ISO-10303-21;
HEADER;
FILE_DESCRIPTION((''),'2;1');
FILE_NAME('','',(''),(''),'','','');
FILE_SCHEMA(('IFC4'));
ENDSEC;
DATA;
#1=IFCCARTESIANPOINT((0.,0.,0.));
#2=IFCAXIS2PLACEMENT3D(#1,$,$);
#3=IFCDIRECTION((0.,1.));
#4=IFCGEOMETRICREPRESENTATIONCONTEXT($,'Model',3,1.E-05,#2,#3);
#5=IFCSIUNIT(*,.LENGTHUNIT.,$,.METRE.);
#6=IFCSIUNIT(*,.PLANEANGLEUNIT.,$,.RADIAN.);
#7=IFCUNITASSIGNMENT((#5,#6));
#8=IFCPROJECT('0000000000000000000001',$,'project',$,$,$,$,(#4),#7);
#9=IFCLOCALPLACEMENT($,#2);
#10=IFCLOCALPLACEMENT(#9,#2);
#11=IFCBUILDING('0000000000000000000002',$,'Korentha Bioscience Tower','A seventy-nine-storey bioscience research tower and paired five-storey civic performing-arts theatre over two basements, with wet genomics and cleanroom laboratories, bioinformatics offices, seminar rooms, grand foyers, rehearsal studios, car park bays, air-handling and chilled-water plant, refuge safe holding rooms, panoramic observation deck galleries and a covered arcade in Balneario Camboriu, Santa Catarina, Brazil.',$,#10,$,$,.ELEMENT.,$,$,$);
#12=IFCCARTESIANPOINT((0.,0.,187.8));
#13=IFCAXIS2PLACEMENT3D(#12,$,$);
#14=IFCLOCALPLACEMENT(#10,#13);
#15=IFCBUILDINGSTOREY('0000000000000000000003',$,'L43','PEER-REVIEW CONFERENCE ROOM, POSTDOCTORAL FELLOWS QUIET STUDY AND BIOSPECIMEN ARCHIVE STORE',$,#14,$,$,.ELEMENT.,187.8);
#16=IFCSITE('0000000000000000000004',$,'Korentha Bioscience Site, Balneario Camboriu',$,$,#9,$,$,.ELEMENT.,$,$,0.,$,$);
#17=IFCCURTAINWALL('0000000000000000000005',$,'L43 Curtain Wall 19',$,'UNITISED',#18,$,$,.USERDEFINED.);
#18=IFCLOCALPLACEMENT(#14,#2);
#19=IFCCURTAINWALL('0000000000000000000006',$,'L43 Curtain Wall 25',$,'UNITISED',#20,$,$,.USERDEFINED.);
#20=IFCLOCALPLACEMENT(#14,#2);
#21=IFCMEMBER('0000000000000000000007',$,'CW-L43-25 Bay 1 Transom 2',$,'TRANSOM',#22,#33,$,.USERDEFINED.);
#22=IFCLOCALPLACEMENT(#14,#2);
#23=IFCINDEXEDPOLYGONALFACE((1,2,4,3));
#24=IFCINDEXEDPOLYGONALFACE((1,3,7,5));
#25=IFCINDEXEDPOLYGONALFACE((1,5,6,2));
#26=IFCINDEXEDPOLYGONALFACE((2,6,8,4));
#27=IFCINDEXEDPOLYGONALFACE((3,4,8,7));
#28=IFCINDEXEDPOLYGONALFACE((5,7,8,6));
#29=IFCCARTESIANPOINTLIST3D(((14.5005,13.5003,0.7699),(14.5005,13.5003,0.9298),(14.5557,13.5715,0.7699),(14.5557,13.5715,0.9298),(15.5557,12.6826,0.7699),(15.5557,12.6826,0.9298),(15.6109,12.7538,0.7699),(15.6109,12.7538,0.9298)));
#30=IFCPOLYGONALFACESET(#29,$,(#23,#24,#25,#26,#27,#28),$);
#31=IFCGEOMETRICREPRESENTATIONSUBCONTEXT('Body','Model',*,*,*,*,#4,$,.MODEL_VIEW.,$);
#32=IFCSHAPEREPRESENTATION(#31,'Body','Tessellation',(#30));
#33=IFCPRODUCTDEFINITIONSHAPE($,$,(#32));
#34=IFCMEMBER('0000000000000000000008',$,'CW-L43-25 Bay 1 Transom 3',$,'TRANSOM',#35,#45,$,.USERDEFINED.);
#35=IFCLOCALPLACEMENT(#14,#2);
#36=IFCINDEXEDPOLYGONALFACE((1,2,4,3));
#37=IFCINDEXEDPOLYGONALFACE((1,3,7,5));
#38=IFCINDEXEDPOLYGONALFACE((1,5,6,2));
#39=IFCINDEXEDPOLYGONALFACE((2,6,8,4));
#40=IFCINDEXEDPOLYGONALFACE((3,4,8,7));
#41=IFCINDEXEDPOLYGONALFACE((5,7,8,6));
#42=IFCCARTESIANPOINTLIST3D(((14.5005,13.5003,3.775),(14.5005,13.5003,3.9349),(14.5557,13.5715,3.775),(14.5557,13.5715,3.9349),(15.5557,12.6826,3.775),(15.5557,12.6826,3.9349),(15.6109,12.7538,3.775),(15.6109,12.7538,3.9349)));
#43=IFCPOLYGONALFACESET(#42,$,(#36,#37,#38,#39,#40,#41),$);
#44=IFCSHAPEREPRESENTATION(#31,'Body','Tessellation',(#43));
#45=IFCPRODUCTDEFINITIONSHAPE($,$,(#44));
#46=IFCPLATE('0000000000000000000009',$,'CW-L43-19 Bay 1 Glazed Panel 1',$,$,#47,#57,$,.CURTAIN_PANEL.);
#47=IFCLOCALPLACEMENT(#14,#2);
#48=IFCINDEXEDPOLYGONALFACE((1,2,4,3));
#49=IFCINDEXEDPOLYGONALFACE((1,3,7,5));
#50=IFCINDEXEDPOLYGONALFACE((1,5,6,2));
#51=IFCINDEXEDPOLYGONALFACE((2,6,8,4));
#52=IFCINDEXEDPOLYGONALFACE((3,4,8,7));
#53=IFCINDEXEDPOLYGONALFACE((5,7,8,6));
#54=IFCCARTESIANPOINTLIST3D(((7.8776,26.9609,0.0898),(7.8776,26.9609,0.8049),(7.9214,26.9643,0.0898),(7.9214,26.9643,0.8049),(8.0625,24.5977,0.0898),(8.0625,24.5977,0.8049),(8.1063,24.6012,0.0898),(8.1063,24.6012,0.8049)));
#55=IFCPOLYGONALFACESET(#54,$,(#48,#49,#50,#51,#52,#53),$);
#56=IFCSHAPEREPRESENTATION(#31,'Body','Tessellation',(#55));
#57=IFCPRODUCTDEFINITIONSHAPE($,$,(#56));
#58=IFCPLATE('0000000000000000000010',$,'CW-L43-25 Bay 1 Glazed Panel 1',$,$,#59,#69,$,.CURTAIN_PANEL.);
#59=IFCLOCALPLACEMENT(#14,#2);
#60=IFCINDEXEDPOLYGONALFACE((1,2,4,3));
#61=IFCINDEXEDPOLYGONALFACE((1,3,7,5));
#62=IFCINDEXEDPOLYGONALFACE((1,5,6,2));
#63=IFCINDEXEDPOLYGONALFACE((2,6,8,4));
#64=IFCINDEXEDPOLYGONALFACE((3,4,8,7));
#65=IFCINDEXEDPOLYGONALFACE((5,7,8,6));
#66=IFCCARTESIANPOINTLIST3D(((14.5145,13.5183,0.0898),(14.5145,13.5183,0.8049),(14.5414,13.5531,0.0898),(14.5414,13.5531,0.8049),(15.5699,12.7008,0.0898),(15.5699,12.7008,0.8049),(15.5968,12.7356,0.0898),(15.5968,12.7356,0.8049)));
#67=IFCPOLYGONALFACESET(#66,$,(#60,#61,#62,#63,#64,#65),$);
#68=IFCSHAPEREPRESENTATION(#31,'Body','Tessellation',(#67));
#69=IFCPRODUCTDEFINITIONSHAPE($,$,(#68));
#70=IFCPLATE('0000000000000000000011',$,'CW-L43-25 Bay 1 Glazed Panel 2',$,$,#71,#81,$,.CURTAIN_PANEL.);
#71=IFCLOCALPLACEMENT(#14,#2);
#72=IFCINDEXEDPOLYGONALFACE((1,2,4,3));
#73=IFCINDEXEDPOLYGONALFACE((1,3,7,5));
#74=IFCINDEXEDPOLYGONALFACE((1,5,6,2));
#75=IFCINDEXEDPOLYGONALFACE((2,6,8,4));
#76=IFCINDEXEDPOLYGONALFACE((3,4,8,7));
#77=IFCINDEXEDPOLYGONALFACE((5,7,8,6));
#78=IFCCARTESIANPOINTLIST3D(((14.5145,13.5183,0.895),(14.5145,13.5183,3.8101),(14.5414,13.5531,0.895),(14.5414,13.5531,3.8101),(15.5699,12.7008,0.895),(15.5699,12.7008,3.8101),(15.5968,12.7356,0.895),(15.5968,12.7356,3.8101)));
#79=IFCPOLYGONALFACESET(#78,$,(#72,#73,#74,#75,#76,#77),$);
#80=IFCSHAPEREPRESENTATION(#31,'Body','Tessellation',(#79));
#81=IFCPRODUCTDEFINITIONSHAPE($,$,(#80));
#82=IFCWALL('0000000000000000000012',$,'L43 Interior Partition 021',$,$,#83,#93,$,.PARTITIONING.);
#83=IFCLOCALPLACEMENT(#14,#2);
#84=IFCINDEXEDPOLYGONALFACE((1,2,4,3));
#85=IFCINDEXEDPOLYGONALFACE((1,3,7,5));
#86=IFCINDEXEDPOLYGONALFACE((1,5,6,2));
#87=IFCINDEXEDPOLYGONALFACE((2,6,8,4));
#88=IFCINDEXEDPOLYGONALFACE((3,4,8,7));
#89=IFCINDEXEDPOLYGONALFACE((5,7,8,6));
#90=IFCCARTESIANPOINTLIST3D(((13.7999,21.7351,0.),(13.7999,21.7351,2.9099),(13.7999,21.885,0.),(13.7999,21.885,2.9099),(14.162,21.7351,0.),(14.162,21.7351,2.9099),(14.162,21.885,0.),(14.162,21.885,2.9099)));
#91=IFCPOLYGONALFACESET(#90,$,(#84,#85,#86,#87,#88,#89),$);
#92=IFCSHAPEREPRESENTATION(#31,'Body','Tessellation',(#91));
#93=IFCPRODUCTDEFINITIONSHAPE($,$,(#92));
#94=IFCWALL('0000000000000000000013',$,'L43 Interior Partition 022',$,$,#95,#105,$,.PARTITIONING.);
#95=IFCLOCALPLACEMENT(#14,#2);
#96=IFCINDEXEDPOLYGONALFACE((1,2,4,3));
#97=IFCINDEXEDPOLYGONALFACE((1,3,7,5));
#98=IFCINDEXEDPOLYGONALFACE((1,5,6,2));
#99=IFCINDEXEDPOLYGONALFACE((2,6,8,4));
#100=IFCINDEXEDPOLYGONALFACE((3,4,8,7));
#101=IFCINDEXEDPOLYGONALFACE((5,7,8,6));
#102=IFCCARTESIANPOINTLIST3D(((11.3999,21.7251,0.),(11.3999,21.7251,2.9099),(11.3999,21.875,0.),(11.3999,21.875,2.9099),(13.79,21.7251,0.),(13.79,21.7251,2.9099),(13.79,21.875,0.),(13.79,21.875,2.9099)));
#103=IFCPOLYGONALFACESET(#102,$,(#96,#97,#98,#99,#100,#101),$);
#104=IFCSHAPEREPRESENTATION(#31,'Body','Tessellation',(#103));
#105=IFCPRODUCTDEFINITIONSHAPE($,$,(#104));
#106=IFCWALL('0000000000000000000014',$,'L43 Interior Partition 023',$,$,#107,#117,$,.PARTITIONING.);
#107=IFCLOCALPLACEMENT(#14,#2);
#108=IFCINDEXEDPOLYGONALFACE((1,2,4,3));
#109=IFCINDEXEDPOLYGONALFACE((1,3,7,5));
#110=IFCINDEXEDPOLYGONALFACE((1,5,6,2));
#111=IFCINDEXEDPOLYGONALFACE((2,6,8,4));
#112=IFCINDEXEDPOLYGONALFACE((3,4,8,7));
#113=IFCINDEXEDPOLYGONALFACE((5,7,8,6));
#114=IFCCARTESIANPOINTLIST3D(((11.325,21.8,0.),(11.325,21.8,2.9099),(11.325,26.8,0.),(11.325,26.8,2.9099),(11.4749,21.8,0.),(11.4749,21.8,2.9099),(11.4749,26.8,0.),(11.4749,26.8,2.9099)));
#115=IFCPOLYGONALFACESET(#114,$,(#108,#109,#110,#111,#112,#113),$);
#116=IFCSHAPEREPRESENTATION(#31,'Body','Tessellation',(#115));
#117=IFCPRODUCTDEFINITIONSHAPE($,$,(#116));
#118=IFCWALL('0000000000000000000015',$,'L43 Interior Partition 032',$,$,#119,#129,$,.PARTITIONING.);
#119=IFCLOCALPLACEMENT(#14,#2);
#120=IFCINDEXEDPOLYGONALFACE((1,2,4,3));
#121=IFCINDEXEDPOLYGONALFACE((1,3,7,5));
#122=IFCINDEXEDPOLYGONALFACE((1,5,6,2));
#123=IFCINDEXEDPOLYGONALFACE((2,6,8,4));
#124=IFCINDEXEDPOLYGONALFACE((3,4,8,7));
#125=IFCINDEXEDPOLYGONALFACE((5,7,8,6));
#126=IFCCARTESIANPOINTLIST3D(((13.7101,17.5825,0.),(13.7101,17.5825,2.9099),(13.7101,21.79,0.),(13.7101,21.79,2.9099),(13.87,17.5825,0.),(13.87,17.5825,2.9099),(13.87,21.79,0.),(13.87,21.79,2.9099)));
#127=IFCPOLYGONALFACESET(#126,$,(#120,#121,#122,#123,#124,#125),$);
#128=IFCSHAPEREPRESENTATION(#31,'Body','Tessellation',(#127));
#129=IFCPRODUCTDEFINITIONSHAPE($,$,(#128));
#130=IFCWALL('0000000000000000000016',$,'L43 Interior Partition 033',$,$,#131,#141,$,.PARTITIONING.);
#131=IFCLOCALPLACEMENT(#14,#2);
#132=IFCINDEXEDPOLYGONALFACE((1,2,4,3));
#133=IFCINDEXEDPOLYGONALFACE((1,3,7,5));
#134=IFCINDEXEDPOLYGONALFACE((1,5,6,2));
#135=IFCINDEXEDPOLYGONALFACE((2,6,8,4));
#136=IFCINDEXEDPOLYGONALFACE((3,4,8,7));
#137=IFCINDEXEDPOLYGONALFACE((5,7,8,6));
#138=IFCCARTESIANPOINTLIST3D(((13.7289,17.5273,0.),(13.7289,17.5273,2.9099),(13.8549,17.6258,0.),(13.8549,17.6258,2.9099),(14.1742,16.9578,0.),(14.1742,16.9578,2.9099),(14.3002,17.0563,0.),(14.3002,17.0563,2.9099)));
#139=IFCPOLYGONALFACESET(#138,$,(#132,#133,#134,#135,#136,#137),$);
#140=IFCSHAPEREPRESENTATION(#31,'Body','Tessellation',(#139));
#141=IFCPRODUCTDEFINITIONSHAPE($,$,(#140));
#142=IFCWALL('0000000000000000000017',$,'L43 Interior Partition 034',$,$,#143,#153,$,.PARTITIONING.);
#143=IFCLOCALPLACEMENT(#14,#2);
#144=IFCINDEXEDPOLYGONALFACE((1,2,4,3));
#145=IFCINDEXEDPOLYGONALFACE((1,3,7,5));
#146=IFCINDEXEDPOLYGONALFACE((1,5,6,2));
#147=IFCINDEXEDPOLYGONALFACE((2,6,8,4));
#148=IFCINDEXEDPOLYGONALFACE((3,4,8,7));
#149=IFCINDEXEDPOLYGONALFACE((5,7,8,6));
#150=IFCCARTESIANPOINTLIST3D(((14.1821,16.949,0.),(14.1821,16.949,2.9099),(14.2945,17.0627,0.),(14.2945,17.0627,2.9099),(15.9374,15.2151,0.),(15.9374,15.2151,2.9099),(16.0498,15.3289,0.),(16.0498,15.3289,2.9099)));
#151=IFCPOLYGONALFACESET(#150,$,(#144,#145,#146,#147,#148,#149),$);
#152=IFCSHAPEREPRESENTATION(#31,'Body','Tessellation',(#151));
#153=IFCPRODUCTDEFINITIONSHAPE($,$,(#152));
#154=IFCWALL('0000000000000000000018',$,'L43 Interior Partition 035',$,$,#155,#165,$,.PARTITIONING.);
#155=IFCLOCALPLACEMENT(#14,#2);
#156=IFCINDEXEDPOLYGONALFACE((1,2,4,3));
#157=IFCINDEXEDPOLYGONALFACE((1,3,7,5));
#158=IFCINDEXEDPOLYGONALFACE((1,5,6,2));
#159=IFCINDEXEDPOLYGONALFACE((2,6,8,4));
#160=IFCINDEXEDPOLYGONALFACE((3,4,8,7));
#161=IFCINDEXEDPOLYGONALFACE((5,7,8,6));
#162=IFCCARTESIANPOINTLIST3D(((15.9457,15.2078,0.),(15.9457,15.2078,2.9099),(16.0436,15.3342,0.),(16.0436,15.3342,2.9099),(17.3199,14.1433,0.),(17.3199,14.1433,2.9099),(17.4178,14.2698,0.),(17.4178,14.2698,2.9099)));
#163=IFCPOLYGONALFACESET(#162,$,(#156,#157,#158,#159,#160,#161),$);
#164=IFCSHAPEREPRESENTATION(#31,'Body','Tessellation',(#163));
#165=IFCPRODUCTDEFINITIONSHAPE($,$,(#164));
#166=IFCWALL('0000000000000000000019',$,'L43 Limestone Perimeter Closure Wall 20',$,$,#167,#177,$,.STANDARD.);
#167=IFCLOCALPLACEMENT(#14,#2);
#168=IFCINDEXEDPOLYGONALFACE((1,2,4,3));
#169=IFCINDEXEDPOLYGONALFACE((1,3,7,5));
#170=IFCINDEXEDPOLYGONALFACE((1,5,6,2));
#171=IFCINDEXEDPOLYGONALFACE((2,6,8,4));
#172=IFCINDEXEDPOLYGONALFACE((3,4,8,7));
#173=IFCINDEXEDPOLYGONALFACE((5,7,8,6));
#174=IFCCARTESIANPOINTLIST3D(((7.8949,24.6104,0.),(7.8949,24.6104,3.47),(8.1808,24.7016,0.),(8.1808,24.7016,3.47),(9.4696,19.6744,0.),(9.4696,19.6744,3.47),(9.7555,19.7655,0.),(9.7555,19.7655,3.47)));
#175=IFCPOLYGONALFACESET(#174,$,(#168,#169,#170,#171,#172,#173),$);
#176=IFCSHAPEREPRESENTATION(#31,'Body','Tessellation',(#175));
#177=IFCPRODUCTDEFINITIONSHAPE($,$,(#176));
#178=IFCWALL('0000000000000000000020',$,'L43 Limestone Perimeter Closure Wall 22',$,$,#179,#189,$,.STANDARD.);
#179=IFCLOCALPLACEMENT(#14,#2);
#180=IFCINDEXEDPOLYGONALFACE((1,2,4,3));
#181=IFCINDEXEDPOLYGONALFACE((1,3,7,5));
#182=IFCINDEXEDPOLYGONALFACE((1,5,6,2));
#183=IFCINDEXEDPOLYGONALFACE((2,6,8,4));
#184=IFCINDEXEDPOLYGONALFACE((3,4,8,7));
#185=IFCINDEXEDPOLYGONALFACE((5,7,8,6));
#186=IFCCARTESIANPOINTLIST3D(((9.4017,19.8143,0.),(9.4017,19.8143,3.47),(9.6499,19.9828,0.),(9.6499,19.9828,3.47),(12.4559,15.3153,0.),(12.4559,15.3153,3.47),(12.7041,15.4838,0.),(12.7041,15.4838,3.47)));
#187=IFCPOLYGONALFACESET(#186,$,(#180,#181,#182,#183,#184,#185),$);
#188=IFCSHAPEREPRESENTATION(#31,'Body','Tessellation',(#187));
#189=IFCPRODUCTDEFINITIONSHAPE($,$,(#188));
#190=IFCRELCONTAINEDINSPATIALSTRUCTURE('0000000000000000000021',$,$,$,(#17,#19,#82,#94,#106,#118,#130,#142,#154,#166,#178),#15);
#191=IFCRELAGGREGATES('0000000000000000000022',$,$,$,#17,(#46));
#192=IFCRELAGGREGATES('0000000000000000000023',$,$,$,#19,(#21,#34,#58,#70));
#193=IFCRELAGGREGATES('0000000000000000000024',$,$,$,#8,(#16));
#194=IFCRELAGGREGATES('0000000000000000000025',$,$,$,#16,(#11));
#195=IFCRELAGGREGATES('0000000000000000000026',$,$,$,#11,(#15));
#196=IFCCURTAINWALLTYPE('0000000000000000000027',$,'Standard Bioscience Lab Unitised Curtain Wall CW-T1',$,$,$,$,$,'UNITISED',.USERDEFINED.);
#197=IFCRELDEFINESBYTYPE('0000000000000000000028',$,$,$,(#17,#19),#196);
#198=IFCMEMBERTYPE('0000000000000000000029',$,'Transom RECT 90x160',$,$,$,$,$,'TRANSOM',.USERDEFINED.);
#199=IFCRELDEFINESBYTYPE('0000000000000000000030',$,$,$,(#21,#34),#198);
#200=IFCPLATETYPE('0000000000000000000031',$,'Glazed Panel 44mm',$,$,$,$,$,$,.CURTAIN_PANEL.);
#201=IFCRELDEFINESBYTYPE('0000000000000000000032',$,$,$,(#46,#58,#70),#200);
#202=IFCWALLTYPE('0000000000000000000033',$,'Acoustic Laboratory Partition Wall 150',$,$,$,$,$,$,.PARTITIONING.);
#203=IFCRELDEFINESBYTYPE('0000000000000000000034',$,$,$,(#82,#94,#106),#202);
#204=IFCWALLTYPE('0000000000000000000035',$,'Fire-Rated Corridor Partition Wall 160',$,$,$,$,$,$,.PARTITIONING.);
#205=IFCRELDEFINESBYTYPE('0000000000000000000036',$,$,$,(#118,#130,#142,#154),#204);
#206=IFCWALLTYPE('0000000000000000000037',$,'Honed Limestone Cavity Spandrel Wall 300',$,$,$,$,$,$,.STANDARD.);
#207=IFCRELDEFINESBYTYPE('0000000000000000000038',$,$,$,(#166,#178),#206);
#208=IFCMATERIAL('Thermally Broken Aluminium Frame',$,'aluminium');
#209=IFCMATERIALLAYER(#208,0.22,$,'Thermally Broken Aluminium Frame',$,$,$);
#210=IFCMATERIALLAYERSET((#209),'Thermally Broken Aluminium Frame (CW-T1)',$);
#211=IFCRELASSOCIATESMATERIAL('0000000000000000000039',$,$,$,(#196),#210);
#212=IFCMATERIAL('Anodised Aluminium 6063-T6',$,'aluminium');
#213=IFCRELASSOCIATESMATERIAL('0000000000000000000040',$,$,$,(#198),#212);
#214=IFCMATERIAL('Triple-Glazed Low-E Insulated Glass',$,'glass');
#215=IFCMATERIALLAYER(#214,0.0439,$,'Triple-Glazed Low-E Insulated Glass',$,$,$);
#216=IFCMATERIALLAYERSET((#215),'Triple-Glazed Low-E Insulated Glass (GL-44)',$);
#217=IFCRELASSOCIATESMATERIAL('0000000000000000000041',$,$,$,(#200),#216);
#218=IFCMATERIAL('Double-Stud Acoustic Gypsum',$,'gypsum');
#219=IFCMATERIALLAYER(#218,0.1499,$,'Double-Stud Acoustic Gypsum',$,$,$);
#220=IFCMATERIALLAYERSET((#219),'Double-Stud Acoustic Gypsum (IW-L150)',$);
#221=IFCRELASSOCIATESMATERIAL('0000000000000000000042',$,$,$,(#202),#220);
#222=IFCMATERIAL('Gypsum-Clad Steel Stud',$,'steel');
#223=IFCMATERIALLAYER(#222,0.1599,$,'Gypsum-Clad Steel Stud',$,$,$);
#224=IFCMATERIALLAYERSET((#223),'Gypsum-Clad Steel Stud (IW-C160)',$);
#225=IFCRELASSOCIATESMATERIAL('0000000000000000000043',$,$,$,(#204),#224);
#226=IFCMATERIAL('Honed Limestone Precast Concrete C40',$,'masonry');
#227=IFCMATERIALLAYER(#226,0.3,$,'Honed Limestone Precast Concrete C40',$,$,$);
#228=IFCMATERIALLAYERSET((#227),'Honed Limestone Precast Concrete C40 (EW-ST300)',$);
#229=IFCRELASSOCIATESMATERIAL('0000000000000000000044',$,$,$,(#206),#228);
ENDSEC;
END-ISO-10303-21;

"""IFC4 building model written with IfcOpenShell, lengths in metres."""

from ifc_helpers import new_model, si_unit, direction, frame, frame_2d, origin, origin_2d, place, context, subcontext, project, spatial, rectangle, extrude, material, layer, layer_set, material_profile, profile_set, type_object, element, aggregate, save


model = new_model("IFC4")

# Units and contexts
model_context = context("Model", 3, precision=1e-05, world=origin(), true_north=direction((0.0, 1.0)))
body_context = subcontext(model_context, "Body", "Model", "MODEL_VIEW")
ifc_project = project(units=[si_unit("LENGTHUNIT", "METRE"), si_unit("PLANEANGLEUNIT", "RADIAN")], contexts=[model_context])

# Site, building, storey
site_placement = place(None, origin())
site = spatial("IfcSite", under=ifc_project, at=site_placement, Name="Korentha Bioscience Site, Balneario Camboriu", CompositionType="ELEMENT", RefElevation=0.0)
building_placement = place(site_placement, origin())
building = spatial("IfcBuilding", under=site, at=building_placement, Name="Korentha Bioscience Tower", Description="A seventy-nine-storey bioscience research tower and paired five-storey civic performing-arts theatre over two basements, with wet genomics and cleanroom laboratories, bioinformatics offices, seminar rooms, grand foyers, rehearsal studios, car park bays, air-handling and chilled-water plant, refuge safe holding rooms, panoramic observation deck galleries and a covered arcade in Balneario Camboriu, Santa Catarina, Brazil.", CompositionType="ELEMENT")
storey_placement = place(building_placement, frame((0.0, 0.0, 187.8)))
storey = spatial("IfcBuildingStorey", under=building, at=storey_placement, Name="L43", Description="PEER-REVIEW CONFERENCE ROOM, POSTDOCTORAL FELLOWS QUIET STUDY AND BIOSPECIMEN ARCHIVE STORE", CompositionType="ELEMENT", Elevation=187.8)

# Curtain walls
ifc_material_1 = material(Name="Thermally Broken Aluminium Frame", Category="aluminium")
ifc_layer_1 = layer(ifc_material_1, 0.22, Name="Thermally Broken Aluminium Frame")
ifc_layer_set_1 = layer_set([ifc_layer_1], Name="Thermally Broken Aluminium Frame (CW-T1)")
curtain_wall_type = type_object("IfcCurtainWallType", Name="Standard Bioscience Lab Unitised Curtain Wall CW-T1", ElementType="UNITISED", PredefinedType="USERDEFINED", material=ifc_layer_set_1)
curtain_wall_1_placement = place(storey_placement, origin())
curtain_wall_1 = element("IfcCurtainWall", 1, at=curtain_wall_1_placement, inside=storey, type_object=curtain_wall_type, Name="L43 Curtain Wall 19", ObjectType="UNITISED", PredefinedType="USERDEFINED")
ifc_material_2 = material(Name="Anodised Aluminium 6063-T6", Category="aluminium")
curtain_wall_2_placement = place(storey_placement, origin())
curtain_wall_2 = element("IfcCurtainWall", 2, at=curtain_wall_2_placement, inside=storey, type_object=curtain_wall_type, Name="L43 Curtain Wall 25", ObjectType="UNITISED", PredefinedType="USERDEFINED")

# Members
ifc_material_profile_1 = material_profile(ifc_material_2, rectangle(XDim=0.0901, YDim=0.1599, at=origin_2d()), Name="Anodised Aluminium 6063-T6")
ifc_profile_set_1 = profile_set([ifc_material_profile_1], Name="Anodised Aluminium 6063-T6 (CW-TRN)")
member_type_1 = type_object("IfcMemberType", Name="Transom RECT 90x160", ElementType="TRANSOM", PredefinedType="USERDEFINED", material=ifc_profile_set_1)
member_1_placement = place(storey_placement, frame((14.5281, 13.5359, 0.8499), z_axis=(0.790464, -0.612509, 0.0), x_axis=(0.612509, 0.790464, 0.0)))
member_1 = element("IfcMember", 3, at=member_1_placement, type_object=member_type_1, Name="CW-L43-25 Bay 1 Transom 2", ObjectType="TRANSOM", PredefinedType="USERDEFINED", context=body_context, shape_type="SweptSolid", body=[
    extrude(rectangle(XDim=0.0901, YDim=0.1599, at=origin_2d()), origin(), (0.0, 0.0, 1.0), 1.335),
])
member_2_placement = place(storey_placement, frame((14.5281, 13.5359, 3.855), z_axis=(0.790464, -0.612509, 0.0), x_axis=(0.612509, 0.790464, 0.0)))
member_2 = element("IfcMember", 4, at=member_2_placement, type_object=member_type_1, Name="CW-L43-25 Bay 1 Transom 3", ObjectType="TRANSOM", PredefinedType="USERDEFINED", context=body_context, shape_type="SweptSolid", body=[
    extrude(rectangle(XDim=0.0901, YDim=0.1599, at=origin_2d()), origin(), (0.0, 0.0, 1.0), 1.335),
])

# Plates
ifc_material_3 = material(Name="Triple-Glazed Low-E Insulated Glass", Category="glass")
ifc_layer_2 = layer(ifc_material_3, 0.0439, Name="Triple-Glazed Low-E Insulated Glass")
ifc_layer_set_2 = layer_set([ifc_layer_2], Name="Triple-Glazed Low-E Insulated Glass (GL-44)")
plate_type = type_object("IfcPlateType", Name="Glazed Panel 44mm", PredefinedType="CURTAIN_PANEL", material=ifc_layer_set_2)
plate_1_placement = place(storey_placement, frame((7.9919, 25.781, 0.0898), z_axis=(0.0, 0.0, 1.0), x_axis=(0.078031, -0.996951, 0.0)))
plate_1 = element("IfcPlate", 5, at=plate_1_placement, type_object=plate_type, Name="CW-L43-19 Bay 1 Glazed Panel 1", PredefinedType="CURTAIN_PANEL", context=body_context, shape_type="SweptSolid", body=[
    extrude(rectangle(XDim=2.3704, YDim=0.0439, at=origin_2d()), origin(), (0.0, 0.0, 1.0), 0.7151),
])
aggregate(curtain_wall_1, [plate_1])
plate_2_placement = place(storey_placement, frame((15.0557, 13.127, 0.0898), z_axis=(0.0, 0.0, 1.0), x_axis=(0.790547, -0.612402, 0.0)))
plate_2 = element("IfcPlate", 6, at=plate_2_placement, type_object=plate_type, Name="CW-L43-25 Bay 1 Glazed Panel 1", PredefinedType="CURTAIN_PANEL", context=body_context, shape_type="SweptSolid", body=[
    extrude(rectangle(XDim=1.335, YDim=0.0439, at=origin_2d()), origin(), (0.0, 0.0, 1.0), 0.7151),
])
plate_3_placement = place(storey_placement, frame((15.0557, 13.127, 0.895), z_axis=(0.0, 0.0, 1.0), x_axis=(0.790547, -0.612402, 0.0)))
plate_3 = element("IfcPlate", 7, at=plate_3_placement, type_object=plate_type, Name="CW-L43-25 Bay 1 Glazed Panel 2", PredefinedType="CURTAIN_PANEL", context=body_context, shape_type="SweptSolid", body=[
    extrude(rectangle(XDim=1.335, YDim=0.0439, at=origin_2d()), origin(), (0.0, 0.0, 1.0), 2.915),
])
aggregate(curtain_wall_2, [member_1, member_2, plate_2, plate_3])

# Walls
ifc_material_4 = material(Name="Double-Stud Acoustic Gypsum", Category="gypsum")
ifc_layer_3 = layer(ifc_material_4, 0.1499, Name="Double-Stud Acoustic Gypsum")
ifc_layer_set_3 = layer_set([ifc_layer_3], Name="Double-Stud Acoustic Gypsum (IW-L150)")
wall_type_1 = type_object("IfcWallType", Name="Acoustic Laboratory Partition Wall 150", PredefinedType="PARTITIONING", material=ifc_layer_set_3)
wall_1_placement = place(storey_placement, frame((14.1621, 21.8101, 0.0), z_axis=(0.0, 0.0, 1.0), x_axis=(-1.0, 0.0, 0.0)))
element("IfcWall", 8, at=wall_1_placement, inside=storey, type_object=wall_type_1, Name="L43 Interior Partition 021", PredefinedType="PARTITIONING", context=body_context, shape_type="SweptSolid", body=[
    extrude(rectangle(XDim=0.3621, YDim=0.1499, at=frame_2d((0.1812, 0.0))), origin(), (0.0, 0.0, 1.0), 2.9099),
])
wall_2_placement = place(storey_placement, frame((13.79, 21.8, 0.0), z_axis=(0.0, 0.0, 1.0), x_axis=(-1.0, 0.0, 0.0)))
element("IfcWall", 9, at=wall_2_placement, inside=storey, type_object=wall_type_1, Name="L43 Interior Partition 022", PredefinedType="PARTITIONING", context=body_context, shape_type="SweptSolid", body=[
    extrude(rectangle(XDim=2.3901, YDim=0.1499, at=frame_2d((1.1951, 0.0))), origin(), (0.0, 0.0, 1.0), 2.9099),
])
wall_3_placement = place(storey_placement, frame((11.3999, 21.8, 0.0), z_axis=(0.0, 0.0, 1.0), x_axis=(0.0, 1.0, 0.0)))
element("IfcWall", 10, at=wall_3_placement, inside=storey, type_object=wall_type_1, Name="L43 Interior Partition 023", PredefinedType="PARTITIONING", context=body_context, shape_type="SweptSolid", body=[
    extrude(rectangle(XDim=5.0, YDim=0.1499, at=frame_2d((2.5, 0.0))), origin(), (0.0, 0.0, 1.0), 2.9099),
])
ifc_material_5 = material(Name="Gypsum-Clad Steel Stud", Category="steel")
ifc_layer_4 = layer(ifc_material_5, 0.1599, Name="Gypsum-Clad Steel Stud")
ifc_layer_set_4 = layer_set([ifc_layer_4], Name="Gypsum-Clad Steel Stud (IW-C160)")
wall_type_2 = type_object("IfcWallType", Name="Fire-Rated Corridor Partition Wall 160", PredefinedType="PARTITIONING", material=ifc_layer_set_4)
wall_4_placement = place(storey_placement, frame((13.79, 21.79, 0.0), z_axis=(0.0, 0.0, 1.0), x_axis=(0.0, -1.0, 0.0)))
element("IfcWall", 11, at=wall_4_placement, inside=storey, type_object=wall_type_2, Name="L43 Interior Partition 032", PredefinedType="PARTITIONING", context=body_context, shape_type="SweptSolid", body=[
    extrude(rectangle(XDim=4.2075, YDim=0.1599, at=frame_2d((2.1038, 0.0))), origin(), (0.0, 0.0, 1.0), 2.9099),
])
wall_5_placement = place(storey_placement, frame((13.792, 17.5764, 0.0), z_axis=(0.0, 0.0, 1.0), x_axis=(0.615926, -0.787804, 0.0)))
element("IfcWall", 12, at=wall_5_placement, inside=storey, type_object=wall_type_2, Name="L43 Interior Partition 033", PredefinedType="PARTITIONING", context=body_context, shape_type="SweptSolid", body=[
    extrude(rectangle(XDim=0.7229, YDim=0.1599, at=frame_2d((0.3613, 0.0))), origin(), (0.0, 0.0, 1.0), 2.9099),
])
wall_6_placement = place(storey_placement, frame((14.2383, 17.0059, 0.0), z_axis=(0.0, 0.0, 1.0), x_axis=(0.711447, -0.70274, 0.0)))
element("IfcWall", 13, at=wall_6_placement, inside=storey, type_object=wall_type_2, Name="L43 Interior Partition 034", PredefinedType="PARTITIONING", context=body_context, shape_type="SweptSolid", body=[
    extrude(rectangle(XDim=2.4673, YDim=0.1599, at=frame_2d((1.2336, 0.0))), origin(), (0.0, 0.0, 1.0), 2.9099),
])
wall_7_placement = place(storey_placement, frame((15.9946, 15.271, 0.0), z_axis=(0.0, 0.0, 1.0), x_axis=(0.790583, -0.612354, 0.0)))
element("IfcWall", 14, at=wall_7_placement, inside=storey, type_object=wall_type_2, Name="L43 Interior Partition 035", PredefinedType="PARTITIONING", context=body_context, shape_type="SweptSolid", body=[
    extrude(rectangle(XDim=1.7383, YDim=0.1599, at=frame_2d((0.8691, 0.0))), origin(), (0.0, 0.0, 1.0), 2.9099),
])
ifc_material_6 = material(Name="Honed Limestone Precast Concrete C40", Category="masonry")
ifc_layer_5 = layer(ifc_material_6, 0.3, Name="Honed Limestone Precast Concrete C40")
ifc_layer_set_5 = layer_set([ifc_layer_5], Name="Honed Limestone Precast Concrete C40 (EW-ST300)")
wall_type_3 = type_object("IfcWallType", Name="Honed Limestone Cavity Spandrel Wall 300", PredefinedType="STANDARD", material=ifc_layer_set_5)
wall_8_placement = place(storey_placement, frame((8.0378, 24.656, 0.0), z_axis=(0.0, 0.0, 1.0), x_axis=(0.303931, -0.952694, 0.0)))
element("IfcWall", 15, at=wall_8_placement, inside=storey, type_object=wall_type_3, Name="L43 Limestone Perimeter Closure Wall 20", PredefinedType="STANDARD", context=body_context, shape_type="SweptSolid", body=[
    extrude(rectangle(XDim=5.1812, YDim=0.3, at=frame_2d((2.5906, 0.0))), origin(), (0.0, 0.0, 1.0), 3.47),
])
wall_9_placement = place(storey_placement, frame((9.5259, 19.8984, 0.0), z_axis=(0.0, 0.0, 1.0), x_axis=(0.561664, -0.827365, 0.0)))
element("IfcWall", 16, at=wall_9_placement, inside=storey, type_object=wall_type_3, Name="L43 Limestone Perimeter Closure Wall 22", PredefinedType="STANDARD", context=body_context, shape_type="SweptSolid", body=[
    extrude(rectangle(XDim=5.4377, YDim=0.3, at=frame_2d((2.7188, 0.0))), origin(), (0.0, 0.0, 1.0), 3.47),
])

save(model, "model.ifc")
